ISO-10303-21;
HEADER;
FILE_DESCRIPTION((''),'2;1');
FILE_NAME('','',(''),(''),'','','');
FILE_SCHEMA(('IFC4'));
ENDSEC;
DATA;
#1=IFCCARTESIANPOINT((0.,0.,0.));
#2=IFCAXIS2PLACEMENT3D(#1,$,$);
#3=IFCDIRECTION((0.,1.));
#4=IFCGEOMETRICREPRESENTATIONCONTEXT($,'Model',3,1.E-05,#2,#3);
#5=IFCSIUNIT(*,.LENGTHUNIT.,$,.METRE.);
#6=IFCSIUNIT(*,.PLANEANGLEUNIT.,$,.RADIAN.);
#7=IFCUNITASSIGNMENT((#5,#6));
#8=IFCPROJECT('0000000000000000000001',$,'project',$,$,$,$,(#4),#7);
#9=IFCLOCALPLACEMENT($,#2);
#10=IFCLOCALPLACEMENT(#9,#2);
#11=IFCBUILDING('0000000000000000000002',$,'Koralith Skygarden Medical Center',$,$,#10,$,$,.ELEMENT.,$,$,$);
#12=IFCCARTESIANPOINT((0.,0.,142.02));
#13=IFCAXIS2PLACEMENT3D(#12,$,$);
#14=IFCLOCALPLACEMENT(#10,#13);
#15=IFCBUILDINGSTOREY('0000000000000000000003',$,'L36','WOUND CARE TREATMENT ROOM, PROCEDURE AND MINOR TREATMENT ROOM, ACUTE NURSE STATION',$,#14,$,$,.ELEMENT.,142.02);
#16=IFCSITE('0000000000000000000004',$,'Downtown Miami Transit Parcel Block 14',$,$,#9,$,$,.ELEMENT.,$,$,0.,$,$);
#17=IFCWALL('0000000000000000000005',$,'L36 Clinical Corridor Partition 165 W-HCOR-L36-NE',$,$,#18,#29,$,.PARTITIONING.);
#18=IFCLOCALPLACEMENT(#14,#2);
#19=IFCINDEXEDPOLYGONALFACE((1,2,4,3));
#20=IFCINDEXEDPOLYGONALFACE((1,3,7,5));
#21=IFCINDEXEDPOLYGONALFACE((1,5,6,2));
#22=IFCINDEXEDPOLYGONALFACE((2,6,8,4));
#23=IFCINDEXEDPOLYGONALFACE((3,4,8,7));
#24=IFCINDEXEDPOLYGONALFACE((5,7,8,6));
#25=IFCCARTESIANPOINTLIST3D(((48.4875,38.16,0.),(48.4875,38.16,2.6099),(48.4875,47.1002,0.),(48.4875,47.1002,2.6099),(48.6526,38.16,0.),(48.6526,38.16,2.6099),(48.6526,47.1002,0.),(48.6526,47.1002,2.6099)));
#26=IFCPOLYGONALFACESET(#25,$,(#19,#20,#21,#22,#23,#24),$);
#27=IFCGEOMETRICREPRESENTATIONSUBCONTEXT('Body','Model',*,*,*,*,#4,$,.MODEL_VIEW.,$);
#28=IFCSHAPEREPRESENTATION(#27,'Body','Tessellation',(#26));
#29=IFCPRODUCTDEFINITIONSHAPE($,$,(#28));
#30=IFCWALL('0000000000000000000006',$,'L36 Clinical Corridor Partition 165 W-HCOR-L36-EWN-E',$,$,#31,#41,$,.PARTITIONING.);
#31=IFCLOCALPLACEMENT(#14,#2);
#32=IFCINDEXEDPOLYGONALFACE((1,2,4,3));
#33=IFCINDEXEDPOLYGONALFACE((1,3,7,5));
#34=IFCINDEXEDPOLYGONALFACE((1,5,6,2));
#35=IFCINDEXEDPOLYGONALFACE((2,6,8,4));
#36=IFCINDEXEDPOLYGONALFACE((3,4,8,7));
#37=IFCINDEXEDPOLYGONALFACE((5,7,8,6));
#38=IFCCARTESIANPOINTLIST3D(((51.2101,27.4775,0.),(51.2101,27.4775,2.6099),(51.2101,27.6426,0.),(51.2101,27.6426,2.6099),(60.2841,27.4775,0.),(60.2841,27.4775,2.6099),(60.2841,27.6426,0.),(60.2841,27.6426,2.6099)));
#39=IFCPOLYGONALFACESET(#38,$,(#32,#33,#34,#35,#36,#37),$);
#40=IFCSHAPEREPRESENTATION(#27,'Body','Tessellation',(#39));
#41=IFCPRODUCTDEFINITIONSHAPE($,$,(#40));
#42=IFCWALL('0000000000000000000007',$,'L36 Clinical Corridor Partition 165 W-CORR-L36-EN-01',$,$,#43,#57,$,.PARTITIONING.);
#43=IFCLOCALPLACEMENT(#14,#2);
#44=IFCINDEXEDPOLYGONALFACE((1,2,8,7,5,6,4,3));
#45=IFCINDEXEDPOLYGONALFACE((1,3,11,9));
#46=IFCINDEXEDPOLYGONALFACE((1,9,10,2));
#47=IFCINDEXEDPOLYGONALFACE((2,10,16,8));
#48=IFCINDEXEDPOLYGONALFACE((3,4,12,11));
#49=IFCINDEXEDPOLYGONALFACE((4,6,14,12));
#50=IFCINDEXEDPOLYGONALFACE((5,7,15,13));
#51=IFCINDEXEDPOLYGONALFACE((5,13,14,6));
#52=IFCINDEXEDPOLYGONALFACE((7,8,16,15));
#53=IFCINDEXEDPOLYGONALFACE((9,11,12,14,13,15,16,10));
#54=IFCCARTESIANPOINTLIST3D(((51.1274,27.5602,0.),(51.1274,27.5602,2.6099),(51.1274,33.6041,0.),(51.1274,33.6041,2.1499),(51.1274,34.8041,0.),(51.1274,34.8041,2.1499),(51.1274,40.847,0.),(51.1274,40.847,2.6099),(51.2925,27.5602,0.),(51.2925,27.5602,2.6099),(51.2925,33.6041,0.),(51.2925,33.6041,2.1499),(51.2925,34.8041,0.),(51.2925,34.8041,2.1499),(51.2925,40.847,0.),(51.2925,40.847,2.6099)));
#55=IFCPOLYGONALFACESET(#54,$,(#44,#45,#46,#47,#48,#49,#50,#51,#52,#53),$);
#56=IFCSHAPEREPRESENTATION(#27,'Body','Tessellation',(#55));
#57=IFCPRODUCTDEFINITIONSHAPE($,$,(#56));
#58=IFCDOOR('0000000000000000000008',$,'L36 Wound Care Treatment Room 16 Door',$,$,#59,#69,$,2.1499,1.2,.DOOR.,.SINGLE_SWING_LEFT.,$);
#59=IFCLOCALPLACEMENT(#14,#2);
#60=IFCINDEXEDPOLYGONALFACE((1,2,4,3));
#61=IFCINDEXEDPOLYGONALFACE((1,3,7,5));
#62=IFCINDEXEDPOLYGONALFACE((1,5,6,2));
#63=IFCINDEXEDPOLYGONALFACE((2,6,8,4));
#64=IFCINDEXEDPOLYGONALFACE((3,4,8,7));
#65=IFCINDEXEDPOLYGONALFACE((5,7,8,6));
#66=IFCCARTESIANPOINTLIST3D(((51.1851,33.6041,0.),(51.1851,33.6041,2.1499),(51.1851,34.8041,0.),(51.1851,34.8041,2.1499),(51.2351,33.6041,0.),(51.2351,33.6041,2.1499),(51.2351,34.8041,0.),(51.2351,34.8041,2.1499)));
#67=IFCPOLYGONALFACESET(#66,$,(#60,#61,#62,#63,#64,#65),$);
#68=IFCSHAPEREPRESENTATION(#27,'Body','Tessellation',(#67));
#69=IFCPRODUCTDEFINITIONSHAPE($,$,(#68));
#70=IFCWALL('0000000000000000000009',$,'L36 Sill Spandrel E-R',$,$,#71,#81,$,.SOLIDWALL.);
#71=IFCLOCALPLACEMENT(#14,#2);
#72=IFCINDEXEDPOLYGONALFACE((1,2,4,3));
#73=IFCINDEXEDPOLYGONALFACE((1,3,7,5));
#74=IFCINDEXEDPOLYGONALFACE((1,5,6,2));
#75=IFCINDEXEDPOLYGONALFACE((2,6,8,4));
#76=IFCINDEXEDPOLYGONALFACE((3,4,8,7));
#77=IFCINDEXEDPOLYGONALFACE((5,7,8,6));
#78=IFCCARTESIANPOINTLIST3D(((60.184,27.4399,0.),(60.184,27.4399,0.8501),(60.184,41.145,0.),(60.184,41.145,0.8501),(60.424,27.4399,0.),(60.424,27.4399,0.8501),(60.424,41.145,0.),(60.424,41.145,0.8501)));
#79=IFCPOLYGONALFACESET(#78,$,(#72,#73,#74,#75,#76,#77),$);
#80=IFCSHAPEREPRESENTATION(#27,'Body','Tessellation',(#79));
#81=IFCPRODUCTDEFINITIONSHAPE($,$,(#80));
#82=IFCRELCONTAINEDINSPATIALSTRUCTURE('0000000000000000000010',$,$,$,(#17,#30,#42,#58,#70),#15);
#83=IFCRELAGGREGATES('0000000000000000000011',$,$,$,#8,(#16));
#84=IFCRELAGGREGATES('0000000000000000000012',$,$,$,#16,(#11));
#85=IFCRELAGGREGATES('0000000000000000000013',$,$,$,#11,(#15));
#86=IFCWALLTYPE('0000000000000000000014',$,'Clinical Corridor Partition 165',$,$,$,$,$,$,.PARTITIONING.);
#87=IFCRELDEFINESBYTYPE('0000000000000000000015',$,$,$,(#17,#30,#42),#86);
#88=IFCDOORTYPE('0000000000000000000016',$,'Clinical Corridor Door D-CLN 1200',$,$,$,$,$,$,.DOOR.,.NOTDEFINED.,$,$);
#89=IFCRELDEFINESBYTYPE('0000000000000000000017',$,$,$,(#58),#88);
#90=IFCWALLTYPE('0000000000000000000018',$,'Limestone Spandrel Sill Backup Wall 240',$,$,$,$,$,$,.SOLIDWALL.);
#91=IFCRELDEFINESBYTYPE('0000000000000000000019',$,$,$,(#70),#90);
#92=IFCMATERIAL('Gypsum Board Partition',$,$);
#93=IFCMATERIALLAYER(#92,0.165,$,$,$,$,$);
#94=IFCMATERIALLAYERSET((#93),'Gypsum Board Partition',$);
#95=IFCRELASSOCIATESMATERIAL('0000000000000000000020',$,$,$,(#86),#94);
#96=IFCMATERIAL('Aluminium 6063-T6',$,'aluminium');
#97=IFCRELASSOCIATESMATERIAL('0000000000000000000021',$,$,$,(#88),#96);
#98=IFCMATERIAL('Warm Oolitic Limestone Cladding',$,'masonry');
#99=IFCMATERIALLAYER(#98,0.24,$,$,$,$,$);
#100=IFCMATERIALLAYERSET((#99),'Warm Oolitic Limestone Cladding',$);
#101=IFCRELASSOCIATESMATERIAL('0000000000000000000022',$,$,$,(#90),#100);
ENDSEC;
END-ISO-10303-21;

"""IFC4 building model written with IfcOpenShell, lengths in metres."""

from ifc_helpers import new_model, si_unit, direction, frame, frame_2d, origin, place, context, subcontext, project, spatial, rectangle, extrude, material, layer, layer_set, type_object, element, fill, save


model = new_model("IFC4")

# Units and contexts
model_context = context("Model", 3, precision=1e-05, world=origin(), true_north=direction((0.0, 1.0)))
body_context = subcontext(model_context, "Body", "Model", "MODEL_VIEW")
ifc_project = project(units=[si_unit("LENGTHUNIT", "METRE"), si_unit("PLANEANGLEUNIT", "RADIAN")], contexts=[model_context])

# Site, building, storey
site_placement = place(None, origin())
site = spatial("IfcSite", under=ifc_project, at=site_placement, Name="Downtown Miami Transit Parcel Block 14", CompositionType="ELEMENT", RefElevation=0.0)
building_placement = place(site_placement, origin())
building = spatial("IfcBuilding", under=site, at=building_placement, Name="Koralith Skygarden Medical Center", CompositionType="ELEMENT")
storey_placement = place(building_placement, frame((0.0, 0.0, 142.02)))
storey = spatial("IfcBuildingStorey", under=building, at=storey_placement, Name="L36", Description="WOUND CARE TREATMENT ROOM, PROCEDURE AND MINOR TREATMENT ROOM, ACUTE NURSE STATION", CompositionType="ELEMENT", Elevation=142.02)

# Shared definitions
ifc_material_1 = material(Name="Aluminium 6063-T6", Category="aluminium")

# Walls
ifc_material_2 = material(Name="Gypsum Board Partition")
ifc_layer_1 = layer(ifc_material_2, 0.165)
ifc_layer_set_1 = layer_set([ifc_layer_1], Name="Gypsum Board Partition")
wall_type_1 = type_object("IfcWallType", Name="Clinical Corridor Partition 165", PredefinedType="PARTITIONING", material=ifc_layer_set_1)
wall_1_placement = place(storey_placement, frame((48.5701, 38.1599, 0.0), z_axis=(0.0, 0.0, 1.0), x_axis=(0.0, 1.0, 0.0)))
element("IfcWall", 1, at=wall_1_placement, inside=storey, type_object=wall_type_1, Name="L36 Clinical Corridor Partition 165 W-HCOR-L36-NE", PredefinedType="PARTITIONING", context=body_context, shape_type="SweptSolid", body=[
    extrude(rectangle(XDim=8.9402, YDim=0.165, at=frame_2d((4.4702, 0.0))), origin(), (0.0, 0.0, 1.0), 2.6099),
])
wall_2_placement = place(storey_placement, frame((51.21, 27.5601, 0.0), z_axis=(0.0, 0.0, 1.0), x_axis=(1.0, 0.0, 0.0)))
element("IfcWall", 2, at=wall_2_placement, inside=storey, type_object=wall_type_1, Name="L36 Clinical Corridor Partition 165 W-HCOR-L36-EWN-E", PredefinedType="PARTITIONING", context=body_context, shape_type="SweptSolid", body=[
    extrude(rectangle(XDim=9.074, YDim=0.165, at=frame_2d((4.5371, 0.0))), origin(), (0.0, 0.0, 1.0), 2.6099),
])

# Wall, opening, door
wall_3_placement = place(storey_placement, frame((51.21, 27.5601, 0.0), z_axis=(0.0, 0.0, 1.0), x_axis=(0.0, 1.0, 0.0)))
wall_3 = element("IfcWall", 3, at=wall_3_placement, inside=storey, type_object=wall_type_1, Name="L36 Clinical Corridor Partition 165 W-CORR-L36-EN-01", PredefinedType="PARTITIONING", context=body_context, shape_type="SweptSolid", body=[
    extrude(rectangle(XDim=13.2869, YDim=0.165, at=frame_2d((6.6436, 0.0))), origin(), (0.0, 0.0, 1.0), 2.6099),
])
opening_1_placement = place(wall_3_placement, frame((6.0439, 0.0, 0.0)))
opening_1 = element("IfcOpeningElement", 4, at=opening_1_placement, cuts=wall_3, PredefinedType="OPENING", context=body_context, shape_type="SweptSolid", body=[
    extrude(rectangle(XDim=1.2, YDim=2.1499, at=frame_2d((0.6001, 1.075))), frame((0.0, 0.0925, 0.0), z_axis=(0.0, -1.0, 0.0), x_axis=(1.0, 0.0, 0.0)), (0.0, 0.0, 1.0), 0.1851),
])
door_type = type_object("IfcDoorType", Name="Clinical Corridor Door D-CLN 1200", OperationType="NOTDEFINED", PredefinedType="DOOR", material=ifc_material_1)
door_1_placement = place(opening_1_placement, origin())
door_1 = element("IfcDoor", 5, at=door_1_placement, inside=storey, type_object=door_type, Name="L36 Wound Care Treatment Room 16 Door", OperationType="SINGLE_SWING_LEFT", OverallHeight=2.1499, OverallWidth=1.2, PredefinedType="DOOR", context=body_context, shape_type="SweptSolid", body=[
    extrude(rectangle(XDim=1.2, YDim=2.1499, at=frame_2d((0.6001, 1.075))), frame((0.0, 0.0249, 0.0), z_axis=(0.0, -1.0, 0.0), x_axis=(1.0, 0.0, 0.0)), (0.0, 0.0, 1.0), 0.05),
])
fill(opening_1, door_1)

# Wall
ifc_material_3 = material(Name="Warm Oolitic Limestone Cladding", Category="masonry")
ifc_layer_2 = layer(ifc_material_3, 0.24)
ifc_layer_set_2 = layer_set([ifc_layer_2], Name="Warm Oolitic Limestone Cladding")
wall_type_2 = type_object("IfcWallType", Name="Limestone Spandrel Sill Backup Wall 240", PredefinedType="SOLIDWALL", material=ifc_layer_set_2)
wall_4_placement = place(storey_placement, frame((60.304, 27.4399, 0.0), z_axis=(0.0, 0.0, 1.0), x_axis=(0.0, 1.0, 0.0)))
element("IfcWall", 6, at=wall_4_placement, inside=storey, type_object=wall_type_2, Name="L36 Sill Spandrel E-R", PredefinedType="SOLIDWALL", context=body_context, shape_type="SweptSolid", body=[
    extrude(rectangle(XDim=13.7051, YDim=0.24, at=frame_2d((6.8525, 0.0))), origin(), (0.0, 0.0, 1.0), 0.8501),
])

save(model, "model.ifc")
